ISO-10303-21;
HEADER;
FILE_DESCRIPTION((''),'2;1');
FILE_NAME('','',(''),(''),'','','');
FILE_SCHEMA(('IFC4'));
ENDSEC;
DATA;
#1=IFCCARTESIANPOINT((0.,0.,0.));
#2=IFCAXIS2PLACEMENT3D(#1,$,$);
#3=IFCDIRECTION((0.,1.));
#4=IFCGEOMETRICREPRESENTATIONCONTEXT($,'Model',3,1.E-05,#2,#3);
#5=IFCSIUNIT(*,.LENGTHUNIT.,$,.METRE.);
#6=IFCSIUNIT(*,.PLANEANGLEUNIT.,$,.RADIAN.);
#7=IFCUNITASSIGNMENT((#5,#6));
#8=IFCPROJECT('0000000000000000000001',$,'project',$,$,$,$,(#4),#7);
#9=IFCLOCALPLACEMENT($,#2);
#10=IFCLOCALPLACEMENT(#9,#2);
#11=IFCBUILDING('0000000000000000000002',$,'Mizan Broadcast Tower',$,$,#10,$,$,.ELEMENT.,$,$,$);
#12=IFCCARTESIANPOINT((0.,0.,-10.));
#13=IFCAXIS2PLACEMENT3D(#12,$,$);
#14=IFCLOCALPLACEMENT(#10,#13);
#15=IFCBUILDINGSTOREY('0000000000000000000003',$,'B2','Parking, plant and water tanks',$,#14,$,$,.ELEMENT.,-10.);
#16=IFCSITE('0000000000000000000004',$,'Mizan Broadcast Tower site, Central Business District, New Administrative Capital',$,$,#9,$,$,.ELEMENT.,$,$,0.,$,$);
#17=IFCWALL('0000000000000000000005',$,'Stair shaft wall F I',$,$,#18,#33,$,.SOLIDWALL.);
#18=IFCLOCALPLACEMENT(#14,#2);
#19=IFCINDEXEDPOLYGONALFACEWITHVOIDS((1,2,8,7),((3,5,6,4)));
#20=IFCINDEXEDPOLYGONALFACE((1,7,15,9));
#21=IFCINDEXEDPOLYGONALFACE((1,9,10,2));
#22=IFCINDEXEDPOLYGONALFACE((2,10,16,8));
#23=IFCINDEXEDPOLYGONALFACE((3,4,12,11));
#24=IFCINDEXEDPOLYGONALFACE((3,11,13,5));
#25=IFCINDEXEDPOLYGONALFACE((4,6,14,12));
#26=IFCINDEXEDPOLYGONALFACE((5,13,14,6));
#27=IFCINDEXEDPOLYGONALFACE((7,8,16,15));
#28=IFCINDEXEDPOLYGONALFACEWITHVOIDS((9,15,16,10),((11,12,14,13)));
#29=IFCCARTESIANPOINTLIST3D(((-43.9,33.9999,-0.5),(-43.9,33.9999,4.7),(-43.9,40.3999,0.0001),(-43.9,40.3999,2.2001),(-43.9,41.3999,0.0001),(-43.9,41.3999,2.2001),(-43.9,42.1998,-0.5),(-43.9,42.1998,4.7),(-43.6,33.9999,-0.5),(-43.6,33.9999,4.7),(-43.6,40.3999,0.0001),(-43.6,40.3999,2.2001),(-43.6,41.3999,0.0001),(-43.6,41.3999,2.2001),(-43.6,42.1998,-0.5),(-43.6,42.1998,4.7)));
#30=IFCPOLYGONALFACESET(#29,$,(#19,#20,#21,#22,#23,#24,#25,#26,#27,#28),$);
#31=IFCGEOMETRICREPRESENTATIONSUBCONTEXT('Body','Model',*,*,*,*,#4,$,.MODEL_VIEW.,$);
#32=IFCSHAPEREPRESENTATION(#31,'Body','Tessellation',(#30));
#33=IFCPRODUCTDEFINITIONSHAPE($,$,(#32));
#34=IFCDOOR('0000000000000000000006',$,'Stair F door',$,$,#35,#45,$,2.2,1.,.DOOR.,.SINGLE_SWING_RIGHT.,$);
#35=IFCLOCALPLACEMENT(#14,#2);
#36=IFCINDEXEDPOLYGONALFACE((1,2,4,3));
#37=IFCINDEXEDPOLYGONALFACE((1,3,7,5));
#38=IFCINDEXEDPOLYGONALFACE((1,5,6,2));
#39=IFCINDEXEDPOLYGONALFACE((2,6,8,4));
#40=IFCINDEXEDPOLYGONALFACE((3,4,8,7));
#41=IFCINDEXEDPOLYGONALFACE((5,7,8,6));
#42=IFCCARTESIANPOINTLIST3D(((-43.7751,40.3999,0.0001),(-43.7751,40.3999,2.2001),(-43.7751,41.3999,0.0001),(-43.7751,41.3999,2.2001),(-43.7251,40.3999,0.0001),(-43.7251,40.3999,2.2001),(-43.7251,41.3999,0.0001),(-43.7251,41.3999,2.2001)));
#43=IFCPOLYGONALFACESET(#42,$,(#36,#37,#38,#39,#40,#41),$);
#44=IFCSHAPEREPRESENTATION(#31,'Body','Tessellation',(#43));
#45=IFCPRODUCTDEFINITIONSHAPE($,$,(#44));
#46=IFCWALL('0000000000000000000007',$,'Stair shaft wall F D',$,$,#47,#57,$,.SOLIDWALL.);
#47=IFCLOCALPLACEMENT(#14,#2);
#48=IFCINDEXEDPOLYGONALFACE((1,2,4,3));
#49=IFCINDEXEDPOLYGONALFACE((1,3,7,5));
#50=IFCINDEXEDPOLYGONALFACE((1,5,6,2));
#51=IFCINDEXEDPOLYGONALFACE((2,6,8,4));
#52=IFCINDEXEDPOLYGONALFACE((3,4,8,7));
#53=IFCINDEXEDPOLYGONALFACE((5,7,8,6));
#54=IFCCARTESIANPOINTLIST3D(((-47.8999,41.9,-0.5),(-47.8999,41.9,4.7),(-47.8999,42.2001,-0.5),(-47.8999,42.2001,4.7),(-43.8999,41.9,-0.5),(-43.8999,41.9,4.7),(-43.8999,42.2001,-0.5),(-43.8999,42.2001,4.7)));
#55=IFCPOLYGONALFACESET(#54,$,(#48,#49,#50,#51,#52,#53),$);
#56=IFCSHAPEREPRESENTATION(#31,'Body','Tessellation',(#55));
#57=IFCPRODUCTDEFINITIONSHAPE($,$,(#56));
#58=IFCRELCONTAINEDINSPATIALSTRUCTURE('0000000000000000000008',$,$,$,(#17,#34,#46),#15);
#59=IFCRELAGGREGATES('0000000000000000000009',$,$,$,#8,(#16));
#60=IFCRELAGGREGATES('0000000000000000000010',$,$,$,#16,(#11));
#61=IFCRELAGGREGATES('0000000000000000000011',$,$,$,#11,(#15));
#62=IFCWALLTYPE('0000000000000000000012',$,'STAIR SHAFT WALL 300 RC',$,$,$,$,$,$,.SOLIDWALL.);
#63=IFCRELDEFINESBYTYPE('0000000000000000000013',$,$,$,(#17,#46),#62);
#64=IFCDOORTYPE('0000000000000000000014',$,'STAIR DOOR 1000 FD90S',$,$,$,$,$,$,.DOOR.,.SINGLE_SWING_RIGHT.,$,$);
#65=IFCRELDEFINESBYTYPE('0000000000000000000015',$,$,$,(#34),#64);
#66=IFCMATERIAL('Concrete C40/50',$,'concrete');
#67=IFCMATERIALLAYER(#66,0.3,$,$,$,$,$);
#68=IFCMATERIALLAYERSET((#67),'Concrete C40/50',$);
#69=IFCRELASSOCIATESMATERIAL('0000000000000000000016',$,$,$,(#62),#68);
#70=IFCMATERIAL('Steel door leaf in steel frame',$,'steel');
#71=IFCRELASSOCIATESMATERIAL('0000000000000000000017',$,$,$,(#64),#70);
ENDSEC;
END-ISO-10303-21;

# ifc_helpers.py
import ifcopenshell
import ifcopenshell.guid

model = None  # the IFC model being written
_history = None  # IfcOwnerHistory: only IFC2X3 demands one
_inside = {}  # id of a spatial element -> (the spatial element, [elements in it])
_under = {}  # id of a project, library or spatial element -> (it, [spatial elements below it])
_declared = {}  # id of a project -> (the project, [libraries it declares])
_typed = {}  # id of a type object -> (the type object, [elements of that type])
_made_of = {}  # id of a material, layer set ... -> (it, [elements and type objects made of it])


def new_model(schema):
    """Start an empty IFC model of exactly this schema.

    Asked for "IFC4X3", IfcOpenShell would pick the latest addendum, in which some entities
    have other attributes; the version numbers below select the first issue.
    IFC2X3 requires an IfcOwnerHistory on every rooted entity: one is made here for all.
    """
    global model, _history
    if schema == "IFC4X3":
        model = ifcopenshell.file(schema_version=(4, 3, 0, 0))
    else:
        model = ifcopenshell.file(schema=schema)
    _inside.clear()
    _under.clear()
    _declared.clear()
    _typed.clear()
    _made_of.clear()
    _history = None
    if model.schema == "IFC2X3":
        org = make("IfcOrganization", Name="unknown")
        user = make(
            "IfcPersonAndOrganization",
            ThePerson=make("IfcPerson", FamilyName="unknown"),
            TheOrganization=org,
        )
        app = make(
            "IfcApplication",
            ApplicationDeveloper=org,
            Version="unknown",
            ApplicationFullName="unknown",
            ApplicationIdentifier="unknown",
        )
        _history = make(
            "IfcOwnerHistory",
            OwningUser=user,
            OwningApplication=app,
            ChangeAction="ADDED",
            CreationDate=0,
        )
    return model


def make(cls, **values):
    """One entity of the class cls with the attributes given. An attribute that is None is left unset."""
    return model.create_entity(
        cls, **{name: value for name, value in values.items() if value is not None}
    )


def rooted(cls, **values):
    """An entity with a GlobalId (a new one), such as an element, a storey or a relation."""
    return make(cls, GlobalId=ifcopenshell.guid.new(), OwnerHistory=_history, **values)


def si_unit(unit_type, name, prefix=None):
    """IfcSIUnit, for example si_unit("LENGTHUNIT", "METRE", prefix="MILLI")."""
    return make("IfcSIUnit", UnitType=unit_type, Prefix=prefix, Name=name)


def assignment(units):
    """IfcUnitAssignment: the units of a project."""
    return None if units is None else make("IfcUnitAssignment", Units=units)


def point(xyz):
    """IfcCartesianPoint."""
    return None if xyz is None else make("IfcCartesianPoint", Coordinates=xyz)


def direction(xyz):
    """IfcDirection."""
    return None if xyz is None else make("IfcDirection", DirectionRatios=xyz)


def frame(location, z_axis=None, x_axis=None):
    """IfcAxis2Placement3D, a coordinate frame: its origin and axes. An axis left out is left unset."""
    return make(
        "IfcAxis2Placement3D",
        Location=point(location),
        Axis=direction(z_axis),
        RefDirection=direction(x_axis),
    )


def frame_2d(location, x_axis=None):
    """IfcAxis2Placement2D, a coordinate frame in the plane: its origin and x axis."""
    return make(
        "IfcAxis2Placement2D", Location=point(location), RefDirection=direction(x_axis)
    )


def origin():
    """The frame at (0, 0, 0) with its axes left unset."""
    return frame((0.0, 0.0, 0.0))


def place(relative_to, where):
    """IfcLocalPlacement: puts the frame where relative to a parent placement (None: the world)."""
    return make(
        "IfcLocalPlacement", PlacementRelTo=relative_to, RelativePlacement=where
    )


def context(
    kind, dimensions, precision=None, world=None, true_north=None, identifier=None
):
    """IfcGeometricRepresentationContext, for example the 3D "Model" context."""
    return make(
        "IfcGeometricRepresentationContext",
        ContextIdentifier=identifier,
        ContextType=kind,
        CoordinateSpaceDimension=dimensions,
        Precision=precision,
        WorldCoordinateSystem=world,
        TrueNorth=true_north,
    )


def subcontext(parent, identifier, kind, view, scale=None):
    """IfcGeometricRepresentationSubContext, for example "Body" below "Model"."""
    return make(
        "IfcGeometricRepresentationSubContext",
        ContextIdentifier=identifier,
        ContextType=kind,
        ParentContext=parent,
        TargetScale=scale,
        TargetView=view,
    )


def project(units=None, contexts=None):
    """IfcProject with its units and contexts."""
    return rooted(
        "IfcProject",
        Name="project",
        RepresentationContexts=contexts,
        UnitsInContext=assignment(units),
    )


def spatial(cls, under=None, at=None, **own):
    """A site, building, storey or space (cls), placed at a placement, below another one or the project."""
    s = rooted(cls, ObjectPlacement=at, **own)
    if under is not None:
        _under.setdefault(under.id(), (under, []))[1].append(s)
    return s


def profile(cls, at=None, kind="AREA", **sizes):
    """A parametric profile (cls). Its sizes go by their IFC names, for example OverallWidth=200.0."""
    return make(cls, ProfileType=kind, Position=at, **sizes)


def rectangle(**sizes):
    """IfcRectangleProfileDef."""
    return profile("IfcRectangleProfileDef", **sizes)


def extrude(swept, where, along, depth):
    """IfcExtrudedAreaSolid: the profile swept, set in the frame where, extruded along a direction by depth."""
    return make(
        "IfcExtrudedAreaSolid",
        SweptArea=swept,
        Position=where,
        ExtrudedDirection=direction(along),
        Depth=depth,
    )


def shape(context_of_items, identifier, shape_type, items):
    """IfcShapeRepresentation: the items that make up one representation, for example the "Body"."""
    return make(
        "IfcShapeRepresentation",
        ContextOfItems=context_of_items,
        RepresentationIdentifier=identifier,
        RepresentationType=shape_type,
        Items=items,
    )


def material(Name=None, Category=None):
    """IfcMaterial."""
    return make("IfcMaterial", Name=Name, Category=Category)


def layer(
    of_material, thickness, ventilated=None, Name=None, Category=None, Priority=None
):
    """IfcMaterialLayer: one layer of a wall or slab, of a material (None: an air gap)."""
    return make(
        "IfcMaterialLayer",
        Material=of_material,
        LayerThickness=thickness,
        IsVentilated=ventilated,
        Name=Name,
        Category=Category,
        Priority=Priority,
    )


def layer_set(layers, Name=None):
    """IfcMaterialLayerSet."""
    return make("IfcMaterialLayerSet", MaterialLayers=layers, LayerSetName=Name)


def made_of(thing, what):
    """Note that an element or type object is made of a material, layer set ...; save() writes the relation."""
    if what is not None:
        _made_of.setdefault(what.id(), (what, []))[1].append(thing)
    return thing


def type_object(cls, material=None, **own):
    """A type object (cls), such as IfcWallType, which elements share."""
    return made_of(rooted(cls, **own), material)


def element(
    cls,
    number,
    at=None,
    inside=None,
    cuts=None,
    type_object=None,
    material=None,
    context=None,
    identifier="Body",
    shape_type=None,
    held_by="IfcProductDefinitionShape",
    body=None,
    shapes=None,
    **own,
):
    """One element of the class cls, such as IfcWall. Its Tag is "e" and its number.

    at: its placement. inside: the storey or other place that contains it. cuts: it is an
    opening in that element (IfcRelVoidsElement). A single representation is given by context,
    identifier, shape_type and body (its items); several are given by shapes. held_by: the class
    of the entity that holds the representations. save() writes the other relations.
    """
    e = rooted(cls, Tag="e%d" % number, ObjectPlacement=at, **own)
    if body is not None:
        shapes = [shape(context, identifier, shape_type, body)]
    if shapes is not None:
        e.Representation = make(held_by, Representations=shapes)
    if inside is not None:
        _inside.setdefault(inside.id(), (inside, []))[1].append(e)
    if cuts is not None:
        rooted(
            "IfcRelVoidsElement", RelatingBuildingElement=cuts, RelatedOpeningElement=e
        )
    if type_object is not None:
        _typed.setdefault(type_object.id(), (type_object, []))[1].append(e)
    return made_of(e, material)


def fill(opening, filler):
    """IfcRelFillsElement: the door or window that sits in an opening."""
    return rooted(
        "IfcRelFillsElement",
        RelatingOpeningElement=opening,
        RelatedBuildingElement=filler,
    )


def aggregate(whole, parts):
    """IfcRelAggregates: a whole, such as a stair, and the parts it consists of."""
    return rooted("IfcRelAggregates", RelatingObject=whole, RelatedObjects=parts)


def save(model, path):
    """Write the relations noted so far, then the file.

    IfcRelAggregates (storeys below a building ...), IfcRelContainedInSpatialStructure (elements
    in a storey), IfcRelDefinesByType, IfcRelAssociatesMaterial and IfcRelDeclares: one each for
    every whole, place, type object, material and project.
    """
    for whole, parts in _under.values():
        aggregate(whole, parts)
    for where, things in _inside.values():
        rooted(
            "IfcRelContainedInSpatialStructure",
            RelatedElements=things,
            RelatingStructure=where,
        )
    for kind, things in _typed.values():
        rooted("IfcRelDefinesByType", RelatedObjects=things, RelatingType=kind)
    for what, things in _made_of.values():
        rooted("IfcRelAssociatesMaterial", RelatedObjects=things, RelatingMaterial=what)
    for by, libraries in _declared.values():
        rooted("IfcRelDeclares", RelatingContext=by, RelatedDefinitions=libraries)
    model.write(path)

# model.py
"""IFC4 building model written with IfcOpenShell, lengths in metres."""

from ifc_helpers import new_model, si_unit, direction, frame, frame_2d, origin, place, context, subcontext, project, spatial, rectangle, extrude, material, layer, layer_set, type_object, element, fill, save


model = new_model("IFC4")

# Units and contexts
model_context = context("Model", 3, precision=1e-05, world=origin(), true_north=direction((0.0, 1.0)))
body_context = subcontext(model_context, "Body", "Model", "MODEL_VIEW")
ifc_project = project(units=[si_unit("LENGTHUNIT", "METRE"), si_unit("PLANEANGLEUNIT", "RADIAN")], contexts=[model_context])

# Site, building, storey
site_placement = place(None, origin())
site = spatial("IfcSite", under=ifc_project, at=site_placement, Name="Mizan Broadcast Tower site, Central Business District, New Administrative Capital", CompositionType="ELEMENT", RefElevation=0.0)
building_placement = place(site_placement, origin())
building = spatial("IfcBuilding", under=site, at=building_placement, Name="Mizan Broadcast Tower", CompositionType="ELEMENT")
storey_placement = place(building_placement, frame((0.0, 0.0, -10.0)))
storey = spatial("IfcBuildingStorey", under=building, at=storey_placement, Name="B2", Description="Parking, plant and water tanks", CompositionType="ELEMENT", Elevation=-10.0)

# Wall, opening, door
ifc_material_1 = material(Name="Concrete C40/50", Category="concrete")
ifc_layer_1 = layer(ifc_material_1, 0.3)
ifc_layer_set_1 = layer_set([ifc_layer_1], Name="Concrete C40/50")
wall_type_1 = type_object("IfcWallType", Name="STAIR SHAFT WALL 300 RC", PredefinedType="SOLIDWALL", material=ifc_layer_set_1)
wall_1_placement = place(storey_placement, frame((-43.75, 42.2, -0.5), z_axis=(0.0, 0.0, 1.0), x_axis=(0.0, -1.0, 0.0)))
wall_1 = element("IfcWall", 1, at=wall_1_placement, inside=storey, type_object=wall_type_1, Name="Stair shaft wall F I", PredefinedType="SOLIDWALL", context=body_context, shape_type="SweptSolid", body=[
    extrude(rectangle(XDim=8.2, YDim=0.3, at=frame_2d((4.1001, 0.0))), origin(), (0.0, 0.0, 1.0), 5.2),
])
opening_placement = place(wall_1_placement, frame((0.8, 0.0, 0.5)))
opening = element("IfcOpeningElement", 2, at=opening_placement, cuts=wall_1, PredefinedType="OPENING", context=body_context, shape_type="SweptSolid", body=[
    extrude(rectangle(XDim=1.0, YDim=2.2, at=frame_2d((0.5, 1.1001))), frame((0.0, 0.1599, 0.0), z_axis=(0.0, -1.0, 0.0), x_axis=(1.0, 0.0, 0.0)), (0.0, 0.0, 1.0), 0.3201),
])
ifc_material_2 = material(Name="Steel door leaf in steel frame", Category="steel")
door_type = type_object("IfcDoorType", Name="STAIR DOOR 1000 FD90S", OperationType="SINGLE_SWING_RIGHT", PredefinedType="DOOR", material=ifc_material_2)
door_placement = place(opening_placement, origin())
door = element("IfcDoor", 3, at=door_placement, inside=storey, type_object=door_type, Name="Stair F door", OperationType="SINGLE_SWING_RIGHT", OverallHeight=2.2, OverallWidth=1.0, PredefinedType="DOOR", context=body_context, shape_type="SweptSolid", body=[
    extrude(rectangle(XDim=1.0, YDim=2.2, at=frame_2d((0.5, 1.1001))), frame((0.0, 0.0249, 0.0), z_axis=(0.0, -1.0, 0.0), x_axis=(1.0, 0.0, 0.0)), (0.0, 0.0, 1.0), 0.05),
])
fill(opening, door)

# Wall
wall_2_placement = place(storey_placement, frame((-43.8999, 42.05, -0.5), z_axis=(0.0, 0.0, 1.0), x_axis=(-1.0, 0.0, 0.0)))
element("IfcWall", 4, at=wall_2_placement, inside=storey, type_object=wall_type_1, Name="Stair shaft wall F D", PredefinedType="SOLIDWALL", context=body_context, shape_type="SweptSolid", body=[
    extrude(rectangle(XDim=4.0, YDim=0.3, at=frame_2d((2.0, 0.0))), origin(), (0.0, 0.0, 1.0), 5.2),
])

save(model, "model.ifc")
